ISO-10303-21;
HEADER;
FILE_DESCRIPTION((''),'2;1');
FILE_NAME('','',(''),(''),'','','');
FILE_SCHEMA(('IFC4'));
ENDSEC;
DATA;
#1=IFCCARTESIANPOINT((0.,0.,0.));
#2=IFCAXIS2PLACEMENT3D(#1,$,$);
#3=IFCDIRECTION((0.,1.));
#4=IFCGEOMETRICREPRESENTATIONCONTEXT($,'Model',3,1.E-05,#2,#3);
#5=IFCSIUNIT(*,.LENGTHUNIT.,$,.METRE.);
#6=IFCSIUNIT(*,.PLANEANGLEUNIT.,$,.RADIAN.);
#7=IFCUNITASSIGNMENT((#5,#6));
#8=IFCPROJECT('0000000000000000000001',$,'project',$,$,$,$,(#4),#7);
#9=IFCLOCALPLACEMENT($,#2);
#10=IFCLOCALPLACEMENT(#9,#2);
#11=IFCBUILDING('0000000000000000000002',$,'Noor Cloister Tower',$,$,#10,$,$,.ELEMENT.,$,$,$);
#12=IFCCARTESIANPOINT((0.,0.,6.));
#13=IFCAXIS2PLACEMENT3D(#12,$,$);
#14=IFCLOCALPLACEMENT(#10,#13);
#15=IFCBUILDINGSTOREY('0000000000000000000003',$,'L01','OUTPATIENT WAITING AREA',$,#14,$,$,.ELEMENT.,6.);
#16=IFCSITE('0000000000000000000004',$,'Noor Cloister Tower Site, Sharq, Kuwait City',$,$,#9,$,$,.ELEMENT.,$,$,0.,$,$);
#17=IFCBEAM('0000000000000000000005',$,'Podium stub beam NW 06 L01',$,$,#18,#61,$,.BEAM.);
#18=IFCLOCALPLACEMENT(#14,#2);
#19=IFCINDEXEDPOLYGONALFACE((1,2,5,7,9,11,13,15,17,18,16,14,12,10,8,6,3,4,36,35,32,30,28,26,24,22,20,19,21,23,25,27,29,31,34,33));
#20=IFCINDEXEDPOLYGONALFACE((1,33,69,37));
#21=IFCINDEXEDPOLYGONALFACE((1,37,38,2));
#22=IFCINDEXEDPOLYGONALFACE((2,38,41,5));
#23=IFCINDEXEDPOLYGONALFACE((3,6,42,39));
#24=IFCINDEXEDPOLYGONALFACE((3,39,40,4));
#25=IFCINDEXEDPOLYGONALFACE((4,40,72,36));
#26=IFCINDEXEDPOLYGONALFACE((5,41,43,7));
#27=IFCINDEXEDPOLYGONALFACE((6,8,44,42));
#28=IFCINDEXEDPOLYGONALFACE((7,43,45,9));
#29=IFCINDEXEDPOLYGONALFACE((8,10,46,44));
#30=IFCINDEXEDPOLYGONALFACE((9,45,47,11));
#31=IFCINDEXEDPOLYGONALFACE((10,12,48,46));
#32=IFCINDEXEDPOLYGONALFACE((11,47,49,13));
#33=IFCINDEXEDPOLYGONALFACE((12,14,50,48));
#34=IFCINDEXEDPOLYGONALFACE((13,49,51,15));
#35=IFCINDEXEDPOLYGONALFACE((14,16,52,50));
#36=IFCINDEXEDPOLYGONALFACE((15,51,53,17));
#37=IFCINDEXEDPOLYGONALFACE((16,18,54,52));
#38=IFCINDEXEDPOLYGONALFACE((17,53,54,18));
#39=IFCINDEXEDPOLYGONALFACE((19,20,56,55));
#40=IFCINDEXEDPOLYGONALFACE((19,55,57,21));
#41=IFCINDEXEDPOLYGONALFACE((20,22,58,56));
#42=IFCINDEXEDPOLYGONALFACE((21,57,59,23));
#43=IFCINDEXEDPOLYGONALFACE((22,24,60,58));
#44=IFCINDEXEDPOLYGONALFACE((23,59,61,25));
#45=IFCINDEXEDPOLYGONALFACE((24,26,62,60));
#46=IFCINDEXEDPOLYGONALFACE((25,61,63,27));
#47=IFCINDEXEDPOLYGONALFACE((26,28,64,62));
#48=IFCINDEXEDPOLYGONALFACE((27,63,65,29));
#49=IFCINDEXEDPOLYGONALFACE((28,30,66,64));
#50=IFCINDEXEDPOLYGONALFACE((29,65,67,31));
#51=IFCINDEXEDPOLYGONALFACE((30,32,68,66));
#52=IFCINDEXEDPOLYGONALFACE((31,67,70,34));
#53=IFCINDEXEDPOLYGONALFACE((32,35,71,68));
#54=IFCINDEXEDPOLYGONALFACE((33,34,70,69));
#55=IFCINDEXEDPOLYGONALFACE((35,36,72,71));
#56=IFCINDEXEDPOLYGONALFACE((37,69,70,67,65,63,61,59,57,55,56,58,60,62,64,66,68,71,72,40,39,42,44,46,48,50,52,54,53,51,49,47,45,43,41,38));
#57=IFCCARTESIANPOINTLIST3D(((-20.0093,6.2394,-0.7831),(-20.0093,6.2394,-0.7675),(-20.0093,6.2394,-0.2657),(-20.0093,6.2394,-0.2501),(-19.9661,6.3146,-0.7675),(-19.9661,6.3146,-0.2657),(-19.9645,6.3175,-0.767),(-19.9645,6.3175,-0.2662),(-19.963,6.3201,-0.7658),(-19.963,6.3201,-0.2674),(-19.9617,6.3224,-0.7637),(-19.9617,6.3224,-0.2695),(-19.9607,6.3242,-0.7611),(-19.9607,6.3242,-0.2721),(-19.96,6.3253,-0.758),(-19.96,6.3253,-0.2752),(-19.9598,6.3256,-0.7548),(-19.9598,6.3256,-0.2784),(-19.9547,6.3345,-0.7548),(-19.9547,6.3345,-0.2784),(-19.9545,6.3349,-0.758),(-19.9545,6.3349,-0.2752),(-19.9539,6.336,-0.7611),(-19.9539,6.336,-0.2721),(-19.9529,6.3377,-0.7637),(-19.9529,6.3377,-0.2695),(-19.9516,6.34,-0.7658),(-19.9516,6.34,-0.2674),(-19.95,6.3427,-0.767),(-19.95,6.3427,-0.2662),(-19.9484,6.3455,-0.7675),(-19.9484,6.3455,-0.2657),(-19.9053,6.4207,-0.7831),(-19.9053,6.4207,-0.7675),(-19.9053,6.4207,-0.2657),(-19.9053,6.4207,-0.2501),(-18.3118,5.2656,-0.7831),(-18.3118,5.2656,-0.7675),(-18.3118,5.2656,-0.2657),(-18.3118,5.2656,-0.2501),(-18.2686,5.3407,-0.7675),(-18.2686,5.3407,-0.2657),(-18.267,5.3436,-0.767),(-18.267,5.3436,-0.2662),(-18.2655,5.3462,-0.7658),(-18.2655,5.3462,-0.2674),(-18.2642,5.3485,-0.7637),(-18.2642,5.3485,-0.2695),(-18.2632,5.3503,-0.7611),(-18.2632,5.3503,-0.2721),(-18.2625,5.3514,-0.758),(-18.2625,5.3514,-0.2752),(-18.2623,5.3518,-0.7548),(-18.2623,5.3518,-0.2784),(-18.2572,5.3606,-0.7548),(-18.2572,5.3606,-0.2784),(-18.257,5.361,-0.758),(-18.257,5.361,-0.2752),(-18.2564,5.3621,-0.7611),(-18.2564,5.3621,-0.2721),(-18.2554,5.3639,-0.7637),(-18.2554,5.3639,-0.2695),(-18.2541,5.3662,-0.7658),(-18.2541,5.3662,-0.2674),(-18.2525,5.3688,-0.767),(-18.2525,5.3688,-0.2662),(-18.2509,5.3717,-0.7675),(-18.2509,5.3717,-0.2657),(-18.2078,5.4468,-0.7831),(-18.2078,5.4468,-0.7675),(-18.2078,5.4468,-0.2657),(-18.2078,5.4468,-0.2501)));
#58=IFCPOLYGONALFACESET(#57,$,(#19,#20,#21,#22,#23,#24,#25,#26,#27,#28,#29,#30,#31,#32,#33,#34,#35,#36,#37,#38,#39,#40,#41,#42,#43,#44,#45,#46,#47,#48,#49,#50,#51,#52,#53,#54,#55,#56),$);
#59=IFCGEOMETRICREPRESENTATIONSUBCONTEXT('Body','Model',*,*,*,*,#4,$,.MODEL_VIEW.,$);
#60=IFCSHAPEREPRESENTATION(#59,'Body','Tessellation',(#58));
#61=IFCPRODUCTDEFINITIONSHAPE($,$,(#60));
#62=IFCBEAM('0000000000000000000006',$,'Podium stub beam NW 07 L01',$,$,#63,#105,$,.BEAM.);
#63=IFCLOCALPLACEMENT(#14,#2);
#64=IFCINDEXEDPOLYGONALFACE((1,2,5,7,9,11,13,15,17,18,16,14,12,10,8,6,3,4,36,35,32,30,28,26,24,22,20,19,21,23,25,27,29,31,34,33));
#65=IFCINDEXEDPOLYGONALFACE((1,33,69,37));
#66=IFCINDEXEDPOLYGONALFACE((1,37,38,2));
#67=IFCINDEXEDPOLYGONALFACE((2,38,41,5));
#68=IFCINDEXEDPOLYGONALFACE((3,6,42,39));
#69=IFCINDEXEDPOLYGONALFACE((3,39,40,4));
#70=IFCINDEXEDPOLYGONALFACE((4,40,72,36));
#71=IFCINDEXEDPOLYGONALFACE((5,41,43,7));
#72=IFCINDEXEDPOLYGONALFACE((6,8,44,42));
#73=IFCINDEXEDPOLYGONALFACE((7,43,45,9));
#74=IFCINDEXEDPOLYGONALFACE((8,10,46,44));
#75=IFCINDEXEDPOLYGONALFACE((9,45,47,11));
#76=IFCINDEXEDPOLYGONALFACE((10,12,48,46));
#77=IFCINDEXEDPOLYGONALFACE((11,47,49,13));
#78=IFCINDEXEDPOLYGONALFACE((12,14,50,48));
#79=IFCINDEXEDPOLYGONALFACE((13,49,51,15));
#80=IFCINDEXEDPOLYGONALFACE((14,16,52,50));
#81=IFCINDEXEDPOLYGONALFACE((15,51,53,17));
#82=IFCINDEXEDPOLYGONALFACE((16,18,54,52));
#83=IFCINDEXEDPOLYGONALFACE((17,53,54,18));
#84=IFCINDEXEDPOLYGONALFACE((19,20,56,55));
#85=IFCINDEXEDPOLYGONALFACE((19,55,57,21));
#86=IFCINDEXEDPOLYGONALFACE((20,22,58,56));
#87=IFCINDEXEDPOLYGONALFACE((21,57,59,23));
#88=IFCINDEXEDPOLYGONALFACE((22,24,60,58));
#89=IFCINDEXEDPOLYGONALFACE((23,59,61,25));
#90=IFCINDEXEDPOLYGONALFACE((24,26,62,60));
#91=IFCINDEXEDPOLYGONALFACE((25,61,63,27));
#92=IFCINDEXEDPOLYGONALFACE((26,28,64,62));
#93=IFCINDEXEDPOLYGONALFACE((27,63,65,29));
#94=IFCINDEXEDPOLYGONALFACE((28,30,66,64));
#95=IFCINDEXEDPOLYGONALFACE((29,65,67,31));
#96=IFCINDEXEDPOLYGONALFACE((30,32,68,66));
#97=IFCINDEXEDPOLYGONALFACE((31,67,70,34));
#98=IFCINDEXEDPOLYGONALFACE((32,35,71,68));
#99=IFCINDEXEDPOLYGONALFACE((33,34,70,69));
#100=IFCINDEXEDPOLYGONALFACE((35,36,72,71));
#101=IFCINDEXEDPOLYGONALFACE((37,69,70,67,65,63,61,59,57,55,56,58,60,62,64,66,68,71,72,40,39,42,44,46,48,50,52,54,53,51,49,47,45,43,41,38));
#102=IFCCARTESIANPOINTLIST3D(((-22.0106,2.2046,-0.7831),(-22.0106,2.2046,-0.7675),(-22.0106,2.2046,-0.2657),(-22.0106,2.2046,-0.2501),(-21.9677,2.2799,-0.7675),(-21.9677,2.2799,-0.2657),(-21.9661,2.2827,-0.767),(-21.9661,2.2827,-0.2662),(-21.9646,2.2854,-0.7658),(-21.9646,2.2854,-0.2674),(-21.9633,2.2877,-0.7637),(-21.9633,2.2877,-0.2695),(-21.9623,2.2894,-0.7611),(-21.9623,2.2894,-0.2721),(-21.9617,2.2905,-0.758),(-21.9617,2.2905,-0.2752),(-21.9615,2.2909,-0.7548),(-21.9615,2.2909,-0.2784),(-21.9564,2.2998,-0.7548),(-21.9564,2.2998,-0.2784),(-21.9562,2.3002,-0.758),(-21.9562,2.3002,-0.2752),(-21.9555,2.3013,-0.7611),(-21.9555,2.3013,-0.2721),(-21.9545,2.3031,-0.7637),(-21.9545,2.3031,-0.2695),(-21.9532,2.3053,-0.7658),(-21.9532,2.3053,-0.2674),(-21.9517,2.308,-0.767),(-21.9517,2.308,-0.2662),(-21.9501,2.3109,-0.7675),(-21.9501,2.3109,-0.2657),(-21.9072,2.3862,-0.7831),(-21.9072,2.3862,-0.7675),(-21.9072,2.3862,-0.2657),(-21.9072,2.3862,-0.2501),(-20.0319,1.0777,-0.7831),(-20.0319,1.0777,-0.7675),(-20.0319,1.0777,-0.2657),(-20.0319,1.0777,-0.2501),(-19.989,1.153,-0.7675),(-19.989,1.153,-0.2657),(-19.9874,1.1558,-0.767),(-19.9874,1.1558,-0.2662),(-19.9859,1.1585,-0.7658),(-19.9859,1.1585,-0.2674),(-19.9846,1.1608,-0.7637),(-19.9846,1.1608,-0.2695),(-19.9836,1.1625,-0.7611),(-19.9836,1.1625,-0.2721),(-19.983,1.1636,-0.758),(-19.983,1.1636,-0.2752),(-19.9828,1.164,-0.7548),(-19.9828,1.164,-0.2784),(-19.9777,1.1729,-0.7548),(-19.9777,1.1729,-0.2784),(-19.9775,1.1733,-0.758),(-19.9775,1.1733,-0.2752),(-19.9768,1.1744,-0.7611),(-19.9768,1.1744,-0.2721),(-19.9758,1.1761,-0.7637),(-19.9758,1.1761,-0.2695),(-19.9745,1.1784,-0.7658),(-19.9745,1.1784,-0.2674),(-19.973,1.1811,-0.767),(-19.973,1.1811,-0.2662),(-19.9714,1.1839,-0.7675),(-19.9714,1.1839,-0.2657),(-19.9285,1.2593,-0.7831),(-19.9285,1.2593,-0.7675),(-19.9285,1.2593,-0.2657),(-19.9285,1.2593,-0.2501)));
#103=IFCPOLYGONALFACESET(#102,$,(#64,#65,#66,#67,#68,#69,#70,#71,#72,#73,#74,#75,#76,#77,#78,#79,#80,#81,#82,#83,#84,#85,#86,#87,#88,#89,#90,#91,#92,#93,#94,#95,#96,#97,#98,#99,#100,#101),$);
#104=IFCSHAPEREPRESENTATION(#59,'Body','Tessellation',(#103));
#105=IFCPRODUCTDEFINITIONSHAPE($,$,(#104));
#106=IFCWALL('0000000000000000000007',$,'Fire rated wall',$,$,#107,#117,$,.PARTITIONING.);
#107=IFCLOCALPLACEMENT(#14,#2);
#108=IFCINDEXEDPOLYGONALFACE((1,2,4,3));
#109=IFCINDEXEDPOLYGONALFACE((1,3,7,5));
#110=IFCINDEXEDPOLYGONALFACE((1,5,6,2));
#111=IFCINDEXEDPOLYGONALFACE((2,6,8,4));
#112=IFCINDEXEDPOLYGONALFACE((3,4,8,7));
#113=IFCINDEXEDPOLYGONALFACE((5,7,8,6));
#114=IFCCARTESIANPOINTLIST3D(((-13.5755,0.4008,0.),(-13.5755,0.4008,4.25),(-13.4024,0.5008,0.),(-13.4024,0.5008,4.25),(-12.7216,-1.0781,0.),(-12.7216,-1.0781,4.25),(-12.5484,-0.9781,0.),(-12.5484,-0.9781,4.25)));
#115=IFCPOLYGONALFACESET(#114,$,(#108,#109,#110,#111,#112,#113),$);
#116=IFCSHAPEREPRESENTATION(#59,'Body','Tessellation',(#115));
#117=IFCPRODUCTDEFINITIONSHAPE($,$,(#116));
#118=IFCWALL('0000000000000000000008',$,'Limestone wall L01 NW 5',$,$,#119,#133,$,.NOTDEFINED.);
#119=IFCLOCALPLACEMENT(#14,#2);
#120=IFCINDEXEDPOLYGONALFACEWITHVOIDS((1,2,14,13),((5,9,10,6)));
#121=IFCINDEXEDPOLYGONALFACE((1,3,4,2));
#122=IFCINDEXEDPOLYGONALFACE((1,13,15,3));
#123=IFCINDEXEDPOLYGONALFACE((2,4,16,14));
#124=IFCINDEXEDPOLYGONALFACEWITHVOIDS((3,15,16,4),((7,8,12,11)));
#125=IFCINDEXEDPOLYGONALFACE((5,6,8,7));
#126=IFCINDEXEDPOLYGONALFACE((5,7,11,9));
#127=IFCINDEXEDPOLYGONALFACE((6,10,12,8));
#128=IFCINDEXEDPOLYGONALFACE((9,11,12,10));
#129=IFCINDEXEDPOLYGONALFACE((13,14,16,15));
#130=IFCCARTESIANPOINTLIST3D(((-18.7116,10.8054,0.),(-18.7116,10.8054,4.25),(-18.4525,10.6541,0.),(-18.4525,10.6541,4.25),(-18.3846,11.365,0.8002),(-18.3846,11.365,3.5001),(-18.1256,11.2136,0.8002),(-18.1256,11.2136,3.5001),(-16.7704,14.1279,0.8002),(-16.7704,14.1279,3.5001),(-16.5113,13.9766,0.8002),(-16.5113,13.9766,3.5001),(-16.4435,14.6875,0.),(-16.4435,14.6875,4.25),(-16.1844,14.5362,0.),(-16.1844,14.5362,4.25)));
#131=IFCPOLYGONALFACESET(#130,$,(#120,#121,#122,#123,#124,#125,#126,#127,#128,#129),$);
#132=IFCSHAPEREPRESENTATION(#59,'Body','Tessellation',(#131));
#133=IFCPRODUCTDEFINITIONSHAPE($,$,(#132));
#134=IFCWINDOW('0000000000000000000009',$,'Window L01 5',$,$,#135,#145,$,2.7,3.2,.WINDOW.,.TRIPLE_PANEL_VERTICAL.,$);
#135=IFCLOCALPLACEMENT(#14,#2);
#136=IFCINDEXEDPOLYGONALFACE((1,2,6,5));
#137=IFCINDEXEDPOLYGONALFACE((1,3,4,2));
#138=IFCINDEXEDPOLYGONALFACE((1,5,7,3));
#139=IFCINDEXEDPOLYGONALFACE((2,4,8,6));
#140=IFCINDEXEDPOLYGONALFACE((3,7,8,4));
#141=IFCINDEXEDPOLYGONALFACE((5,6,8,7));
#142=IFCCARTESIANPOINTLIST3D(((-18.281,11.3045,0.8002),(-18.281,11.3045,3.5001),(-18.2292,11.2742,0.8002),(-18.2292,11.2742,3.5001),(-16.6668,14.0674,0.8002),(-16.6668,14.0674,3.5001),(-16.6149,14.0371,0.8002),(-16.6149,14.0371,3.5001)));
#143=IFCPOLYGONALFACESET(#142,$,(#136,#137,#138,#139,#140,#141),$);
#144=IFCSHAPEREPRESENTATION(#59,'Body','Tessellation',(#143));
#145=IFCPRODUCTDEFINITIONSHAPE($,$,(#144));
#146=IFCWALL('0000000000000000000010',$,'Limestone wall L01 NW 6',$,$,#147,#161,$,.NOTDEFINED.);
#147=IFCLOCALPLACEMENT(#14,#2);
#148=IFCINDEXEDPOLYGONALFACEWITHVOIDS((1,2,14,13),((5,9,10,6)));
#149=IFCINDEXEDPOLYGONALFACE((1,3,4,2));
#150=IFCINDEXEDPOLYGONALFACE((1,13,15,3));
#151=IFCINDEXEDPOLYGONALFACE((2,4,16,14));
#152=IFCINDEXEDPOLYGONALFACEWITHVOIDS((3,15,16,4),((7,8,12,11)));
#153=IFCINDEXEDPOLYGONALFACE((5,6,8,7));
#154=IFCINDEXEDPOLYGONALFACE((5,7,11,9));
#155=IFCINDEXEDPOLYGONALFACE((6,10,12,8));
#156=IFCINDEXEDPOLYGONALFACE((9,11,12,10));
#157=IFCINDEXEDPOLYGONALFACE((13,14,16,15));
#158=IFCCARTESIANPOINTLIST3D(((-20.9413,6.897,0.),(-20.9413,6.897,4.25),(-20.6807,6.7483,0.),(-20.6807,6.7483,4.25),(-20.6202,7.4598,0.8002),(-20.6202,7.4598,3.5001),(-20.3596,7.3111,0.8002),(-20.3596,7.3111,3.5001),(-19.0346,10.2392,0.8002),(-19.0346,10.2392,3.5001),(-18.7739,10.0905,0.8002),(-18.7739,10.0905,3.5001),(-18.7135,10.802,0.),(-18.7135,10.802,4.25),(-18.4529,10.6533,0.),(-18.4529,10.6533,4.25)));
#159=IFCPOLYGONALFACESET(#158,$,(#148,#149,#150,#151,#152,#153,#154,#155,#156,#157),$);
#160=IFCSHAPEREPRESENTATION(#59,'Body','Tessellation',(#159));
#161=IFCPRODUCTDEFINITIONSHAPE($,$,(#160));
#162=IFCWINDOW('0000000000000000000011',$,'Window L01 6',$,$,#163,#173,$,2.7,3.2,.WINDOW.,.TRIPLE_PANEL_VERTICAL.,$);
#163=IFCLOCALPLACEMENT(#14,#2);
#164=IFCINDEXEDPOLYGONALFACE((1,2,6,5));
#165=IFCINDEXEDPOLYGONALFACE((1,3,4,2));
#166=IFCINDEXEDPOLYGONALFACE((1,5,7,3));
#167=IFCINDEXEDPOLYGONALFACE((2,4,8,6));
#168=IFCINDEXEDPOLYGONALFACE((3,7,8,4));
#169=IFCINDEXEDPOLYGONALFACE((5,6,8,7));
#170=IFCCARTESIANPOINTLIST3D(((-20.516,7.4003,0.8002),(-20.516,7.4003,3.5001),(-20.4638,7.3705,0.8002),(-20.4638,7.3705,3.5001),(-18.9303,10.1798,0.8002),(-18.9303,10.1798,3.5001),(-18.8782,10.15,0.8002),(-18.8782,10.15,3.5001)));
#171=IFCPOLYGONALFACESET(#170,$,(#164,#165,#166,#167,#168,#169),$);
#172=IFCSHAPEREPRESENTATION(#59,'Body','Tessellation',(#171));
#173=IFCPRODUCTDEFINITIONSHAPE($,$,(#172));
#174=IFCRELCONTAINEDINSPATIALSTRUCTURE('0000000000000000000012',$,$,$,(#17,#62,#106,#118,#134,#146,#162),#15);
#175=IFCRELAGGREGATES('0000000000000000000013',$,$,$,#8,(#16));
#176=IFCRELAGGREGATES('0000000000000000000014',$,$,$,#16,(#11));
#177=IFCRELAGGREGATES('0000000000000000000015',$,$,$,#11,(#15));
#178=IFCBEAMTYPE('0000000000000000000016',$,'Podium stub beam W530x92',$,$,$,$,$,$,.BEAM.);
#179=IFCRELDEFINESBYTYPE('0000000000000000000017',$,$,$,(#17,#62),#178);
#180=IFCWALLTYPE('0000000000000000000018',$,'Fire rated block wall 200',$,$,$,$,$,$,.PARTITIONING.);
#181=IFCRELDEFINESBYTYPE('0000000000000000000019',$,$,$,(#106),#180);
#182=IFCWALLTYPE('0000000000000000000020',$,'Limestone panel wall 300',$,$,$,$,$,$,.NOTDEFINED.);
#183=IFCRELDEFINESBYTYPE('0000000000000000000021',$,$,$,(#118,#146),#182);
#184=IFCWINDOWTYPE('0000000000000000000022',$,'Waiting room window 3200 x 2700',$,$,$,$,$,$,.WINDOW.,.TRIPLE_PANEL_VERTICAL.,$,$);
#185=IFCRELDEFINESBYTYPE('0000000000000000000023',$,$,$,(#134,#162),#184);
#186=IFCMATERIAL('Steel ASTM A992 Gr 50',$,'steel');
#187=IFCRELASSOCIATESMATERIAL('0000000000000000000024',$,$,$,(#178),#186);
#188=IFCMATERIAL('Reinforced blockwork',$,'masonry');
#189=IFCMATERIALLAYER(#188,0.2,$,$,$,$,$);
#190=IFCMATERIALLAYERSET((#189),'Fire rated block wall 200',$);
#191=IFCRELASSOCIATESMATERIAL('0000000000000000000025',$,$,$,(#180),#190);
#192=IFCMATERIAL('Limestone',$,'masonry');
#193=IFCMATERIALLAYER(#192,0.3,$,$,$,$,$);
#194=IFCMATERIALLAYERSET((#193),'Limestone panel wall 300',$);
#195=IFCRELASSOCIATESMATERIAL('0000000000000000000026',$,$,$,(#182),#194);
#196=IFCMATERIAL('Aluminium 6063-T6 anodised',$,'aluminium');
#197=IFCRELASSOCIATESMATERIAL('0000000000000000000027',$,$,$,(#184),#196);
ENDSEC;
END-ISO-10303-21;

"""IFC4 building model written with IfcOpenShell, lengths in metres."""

from ifc_helpers import new_model, si_unit, direction, frame, frame_2d, origin, origin_2d, place, context, subcontext, project, spatial, rectangle, i_section, extrude, material, layer, layer_set, material_profile, profile_set, type_object, element, fill, save


model = new_model("IFC4")

# Units and contexts
model_context = context("Model", 3, precision=1e-05, world=origin(), true_north=direction((0.0, 1.0)))
body_context = subcontext(model_context, "Body", "Model", "MODEL_VIEW")
ifc_project = project(units=[si_unit("LENGTHUNIT", "METRE"), si_unit("PLANEANGLEUNIT", "RADIAN")], contexts=[model_context])

# Site, building, storey
site_placement = place(None, origin())
site = spatial("IfcSite", under=ifc_project, at=site_placement, Name="Noor Cloister Tower Site, Sharq, Kuwait City", CompositionType="ELEMENT", RefElevation=0.0)
building_placement = place(site_placement, origin())
building = spatial("IfcBuilding", under=site, at=building_placement, Name="Noor Cloister Tower", CompositionType="ELEMENT")
storey_placement = place(building_placement, frame((0.0, 0.0, 6.0)))
storey = spatial("IfcBuildingStorey", under=building, at=storey_placement, Name="L01", Description="OUTPATIENT WAITING AREA", CompositionType="ELEMENT", Elevation=6.0)

# Beams
ifc_material_1 = material(Name="Steel ASTM A992 Gr 50", Category="steel")
ifc_material_profile_1 = material_profile(ifc_material_1, i_section(OverallWidth=0.209, OverallDepth=0.533, WebThickness=0.0103, FlangeThickness=0.0156, FilletRadius=0.0127, at=origin_2d()), Name="W530x92")
ifc_profile_set_1 = profile_set([ifc_material_profile_1], Name="Steel ASTM A992 Gr 50")
beam_type_1 = type_object("IfcBeamType", Name="Podium stub beam W530x92", PredefinedType="BEAM", material=ifc_profile_set_1)
beam_1_placement = place(storey_placement, frame((-18.2598, 5.3562, -0.5166), z_axis=(-0.86739, 0.497629, 0.0), x_axis=(-0.497629, -0.86739, 0.0)))
element("IfcBeam", 1, at=beam_1_placement, inside=storey, type_object=beam_type_1, Name="Podium stub beam NW 06 L01", PredefinedType="BEAM", context=body_context, shape_type="SweptSolid", body=[
    extrude(i_section(OverallWidth=0.209, OverallDepth=0.533, WebThickness=0.0103, FlangeThickness=0.0156, FilletRadius=0.0127, at=origin_2d()), origin(), (0.0, 0.0, 1.0), 1.957),
])
beam_2_placement = place(storey_placement, frame((-19.9802, 1.1685, -0.5166), z_axis=(-0.868955, 0.494891, 0.0), x_axis=(-0.494891, -0.868955, 0.0)))
element("IfcBeam", 2, at=beam_2_placement, inside=storey, type_object=beam_type_1, Name="Podium stub beam NW 07 L01", PredefinedType="BEAM", context=body_context, shape_type="SweptSolid", body=[
    extrude(i_section(OverallWidth=0.209, OverallDepth=0.533, WebThickness=0.0103, FlangeThickness=0.0156, FilletRadius=0.0127, at=origin_2d()), origin(), (0.0, 0.0, 1.0), 2.2771),
])

# Wall
ifc_material_2 = material(Name="Reinforced blockwork", Category="masonry")
ifc_layer_1 = layer(ifc_material_2, 0.2)
ifc_layer_set_1 = layer_set([ifc_layer_1], Name="Fire rated block wall 200")
wall_type_1 = type_object("IfcWallType", Name="Fire rated block wall 200", PredefinedType="PARTITIONING", material=ifc_layer_set_1)
wall_1_placement = place(storey_placement, frame((-13.489, 0.4509, 0.0), z_axis=(0.0, 0.0, 1.0), x_axis=(0.500044, -0.866, 0.0)))
element("IfcWall", 3, at=wall_1_placement, inside=storey, type_object=wall_type_1, Name="Fire rated wall", PredefinedType="PARTITIONING", context=body_context, shape_type="SweptSolid", body=[
    extrude(rectangle(XDim=1.7078, YDim=0.2, at=frame_2d((0.854, 0.0))), origin(), (0.0, 0.0, 1.0), 4.25),
])

# Walls, openings, windows
ifc_material_3 = material(Name="Limestone", Category="masonry")
ifc_layer_2 = layer(ifc_material_3, 0.3)
ifc_layer_set_2 = layer_set([ifc_layer_2], Name="Limestone panel wall 300")
wall_type_2 = type_object("IfcWallType", Name="Limestone panel wall 300", PredefinedType="NOTDEFINED", material=ifc_layer_set_2)
wall_2_placement = place(storey_placement, frame((-18.582, 10.7297, 0.0), z_axis=(0.0, 0.0, 1.0), x_axis=(0.504455, 0.863438, 0.0)))
wall_2 = element("IfcWall", 4, at=wall_2_placement, inside=storey, type_object=wall_type_2, Name="Limestone wall L01 NW 5", PredefinedType="NOTDEFINED", context=body_context, shape_type="SweptSolid", body=[
    extrude(rectangle(XDim=4.4961, YDim=0.3, at=frame_2d((2.248, 0.0))), origin(), (0.0, 0.0, 1.0), 4.25),
])
opening_1_placement = place(wall_2_placement, frame((0.6479, 0.0, 0.8)))
opening_1 = element("IfcOpeningElement", 5, at=opening_1_placement, cuts=wall_2, PredefinedType="OPENING", context=body_context, shape_type="SweptSolid", body=[
    extrude(rectangle(XDim=3.2, YDim=2.7, at=frame_2d((1.6001, 1.3501))), frame((0.0, 0.1602, 0.0), z_axis=(0.0, -1.0, 0.0), x_axis=(1.0, 0.0, 0.0)), (0.0, 0.0, 1.0), 0.3201),
])
ifc_material_4 = material(Name="Aluminium 6063-T6 anodised", Category="aluminium")
window_type_1 = type_object("IfcWindowType", Name="Waiting room window 3200 x 2700", PartitioningType="TRIPLE_PANEL_VERTICAL", PredefinedType="WINDOW", material=ifc_material_4)
window_1_placement = place(opening_1_placement, origin())
window_1 = element("IfcWindow", 6, at=window_1_placement, inside=storey, type_object=window_type_1, Name="Window L01 5", OverallHeight=2.7, OverallWidth=3.2, PartitioningType="TRIPLE_PANEL_VERTICAL", PredefinedType="WINDOW", context=body_context, shape_type="SweptSolid", body=[
    extrude(rectangle(XDim=3.2, YDim=2.7, at=frame_2d((1.6001, 1.3501))), frame((0.0, 0.03, 0.0), z_axis=(0.0, -1.0, 0.0), x_axis=(1.0, 0.0, 0.0)), (0.0, 0.0, 1.0), 0.0601),
])
fill(opening_1, window_1)
wall_3_placement = place(storey_placement, frame((-20.811, 6.8225, 0.0), z_axis=(0.0, 0.0, 1.0), x_axis=(0.495525, 0.868594, 0.0)))
wall_3 = element("IfcWall", 7, at=wall_3_placement, inside=storey, type_object=wall_type_2, Name="Limestone wall L01 NW 6", PredefinedType="NOTDEFINED", context=body_context, shape_type="SweptSolid", body=[
    extrude(rectangle(XDim=4.4958, YDim=0.3, at=frame_2d((2.248, 0.0))), origin(), (0.0, 0.0, 1.0), 4.25),
])
opening_2_placement = place(wall_3_placement, frame((0.6479, 0.0, 0.8)))
opening_2 = element("IfcOpeningElement", 8, at=opening_2_placement, cuts=wall_3, PredefinedType="OPENING", context=body_context, shape_type="SweptSolid", body=[
    extrude(rectangle(XDim=3.2, YDim=2.7, at=frame_2d((1.6001, 1.3501))), frame((0.0, 0.1602, 0.0), z_axis=(0.0, -1.0, 0.0), x_axis=(1.0, 0.0, 0.0)), (0.0, 0.0, 1.0), 0.3201),
])
window_2_placement = place(opening_2_placement, origin())
window_2 = element("IfcWindow", 9, at=window_2_placement, inside=storey, type_object=window_type_1, Name="Window L01 6", OverallHeight=2.7, OverallWidth=3.2, PartitioningType="TRIPLE_PANEL_VERTICAL", PredefinedType="WINDOW", context=body_context, shape_type="SweptSolid", body=[
    extrude(rectangle(XDim=3.2, YDim=2.7, at=frame_2d((1.6001, 1.3501))), frame((0.0, 0.03, 0.0), z_axis=(0.0, -1.0, 0.0), x_axis=(1.0, 0.0, 0.0)), (0.0, 0.0, 1.0), 0.0601),
])
fill(opening_2, window_2)

save(model, "model.ifc")
